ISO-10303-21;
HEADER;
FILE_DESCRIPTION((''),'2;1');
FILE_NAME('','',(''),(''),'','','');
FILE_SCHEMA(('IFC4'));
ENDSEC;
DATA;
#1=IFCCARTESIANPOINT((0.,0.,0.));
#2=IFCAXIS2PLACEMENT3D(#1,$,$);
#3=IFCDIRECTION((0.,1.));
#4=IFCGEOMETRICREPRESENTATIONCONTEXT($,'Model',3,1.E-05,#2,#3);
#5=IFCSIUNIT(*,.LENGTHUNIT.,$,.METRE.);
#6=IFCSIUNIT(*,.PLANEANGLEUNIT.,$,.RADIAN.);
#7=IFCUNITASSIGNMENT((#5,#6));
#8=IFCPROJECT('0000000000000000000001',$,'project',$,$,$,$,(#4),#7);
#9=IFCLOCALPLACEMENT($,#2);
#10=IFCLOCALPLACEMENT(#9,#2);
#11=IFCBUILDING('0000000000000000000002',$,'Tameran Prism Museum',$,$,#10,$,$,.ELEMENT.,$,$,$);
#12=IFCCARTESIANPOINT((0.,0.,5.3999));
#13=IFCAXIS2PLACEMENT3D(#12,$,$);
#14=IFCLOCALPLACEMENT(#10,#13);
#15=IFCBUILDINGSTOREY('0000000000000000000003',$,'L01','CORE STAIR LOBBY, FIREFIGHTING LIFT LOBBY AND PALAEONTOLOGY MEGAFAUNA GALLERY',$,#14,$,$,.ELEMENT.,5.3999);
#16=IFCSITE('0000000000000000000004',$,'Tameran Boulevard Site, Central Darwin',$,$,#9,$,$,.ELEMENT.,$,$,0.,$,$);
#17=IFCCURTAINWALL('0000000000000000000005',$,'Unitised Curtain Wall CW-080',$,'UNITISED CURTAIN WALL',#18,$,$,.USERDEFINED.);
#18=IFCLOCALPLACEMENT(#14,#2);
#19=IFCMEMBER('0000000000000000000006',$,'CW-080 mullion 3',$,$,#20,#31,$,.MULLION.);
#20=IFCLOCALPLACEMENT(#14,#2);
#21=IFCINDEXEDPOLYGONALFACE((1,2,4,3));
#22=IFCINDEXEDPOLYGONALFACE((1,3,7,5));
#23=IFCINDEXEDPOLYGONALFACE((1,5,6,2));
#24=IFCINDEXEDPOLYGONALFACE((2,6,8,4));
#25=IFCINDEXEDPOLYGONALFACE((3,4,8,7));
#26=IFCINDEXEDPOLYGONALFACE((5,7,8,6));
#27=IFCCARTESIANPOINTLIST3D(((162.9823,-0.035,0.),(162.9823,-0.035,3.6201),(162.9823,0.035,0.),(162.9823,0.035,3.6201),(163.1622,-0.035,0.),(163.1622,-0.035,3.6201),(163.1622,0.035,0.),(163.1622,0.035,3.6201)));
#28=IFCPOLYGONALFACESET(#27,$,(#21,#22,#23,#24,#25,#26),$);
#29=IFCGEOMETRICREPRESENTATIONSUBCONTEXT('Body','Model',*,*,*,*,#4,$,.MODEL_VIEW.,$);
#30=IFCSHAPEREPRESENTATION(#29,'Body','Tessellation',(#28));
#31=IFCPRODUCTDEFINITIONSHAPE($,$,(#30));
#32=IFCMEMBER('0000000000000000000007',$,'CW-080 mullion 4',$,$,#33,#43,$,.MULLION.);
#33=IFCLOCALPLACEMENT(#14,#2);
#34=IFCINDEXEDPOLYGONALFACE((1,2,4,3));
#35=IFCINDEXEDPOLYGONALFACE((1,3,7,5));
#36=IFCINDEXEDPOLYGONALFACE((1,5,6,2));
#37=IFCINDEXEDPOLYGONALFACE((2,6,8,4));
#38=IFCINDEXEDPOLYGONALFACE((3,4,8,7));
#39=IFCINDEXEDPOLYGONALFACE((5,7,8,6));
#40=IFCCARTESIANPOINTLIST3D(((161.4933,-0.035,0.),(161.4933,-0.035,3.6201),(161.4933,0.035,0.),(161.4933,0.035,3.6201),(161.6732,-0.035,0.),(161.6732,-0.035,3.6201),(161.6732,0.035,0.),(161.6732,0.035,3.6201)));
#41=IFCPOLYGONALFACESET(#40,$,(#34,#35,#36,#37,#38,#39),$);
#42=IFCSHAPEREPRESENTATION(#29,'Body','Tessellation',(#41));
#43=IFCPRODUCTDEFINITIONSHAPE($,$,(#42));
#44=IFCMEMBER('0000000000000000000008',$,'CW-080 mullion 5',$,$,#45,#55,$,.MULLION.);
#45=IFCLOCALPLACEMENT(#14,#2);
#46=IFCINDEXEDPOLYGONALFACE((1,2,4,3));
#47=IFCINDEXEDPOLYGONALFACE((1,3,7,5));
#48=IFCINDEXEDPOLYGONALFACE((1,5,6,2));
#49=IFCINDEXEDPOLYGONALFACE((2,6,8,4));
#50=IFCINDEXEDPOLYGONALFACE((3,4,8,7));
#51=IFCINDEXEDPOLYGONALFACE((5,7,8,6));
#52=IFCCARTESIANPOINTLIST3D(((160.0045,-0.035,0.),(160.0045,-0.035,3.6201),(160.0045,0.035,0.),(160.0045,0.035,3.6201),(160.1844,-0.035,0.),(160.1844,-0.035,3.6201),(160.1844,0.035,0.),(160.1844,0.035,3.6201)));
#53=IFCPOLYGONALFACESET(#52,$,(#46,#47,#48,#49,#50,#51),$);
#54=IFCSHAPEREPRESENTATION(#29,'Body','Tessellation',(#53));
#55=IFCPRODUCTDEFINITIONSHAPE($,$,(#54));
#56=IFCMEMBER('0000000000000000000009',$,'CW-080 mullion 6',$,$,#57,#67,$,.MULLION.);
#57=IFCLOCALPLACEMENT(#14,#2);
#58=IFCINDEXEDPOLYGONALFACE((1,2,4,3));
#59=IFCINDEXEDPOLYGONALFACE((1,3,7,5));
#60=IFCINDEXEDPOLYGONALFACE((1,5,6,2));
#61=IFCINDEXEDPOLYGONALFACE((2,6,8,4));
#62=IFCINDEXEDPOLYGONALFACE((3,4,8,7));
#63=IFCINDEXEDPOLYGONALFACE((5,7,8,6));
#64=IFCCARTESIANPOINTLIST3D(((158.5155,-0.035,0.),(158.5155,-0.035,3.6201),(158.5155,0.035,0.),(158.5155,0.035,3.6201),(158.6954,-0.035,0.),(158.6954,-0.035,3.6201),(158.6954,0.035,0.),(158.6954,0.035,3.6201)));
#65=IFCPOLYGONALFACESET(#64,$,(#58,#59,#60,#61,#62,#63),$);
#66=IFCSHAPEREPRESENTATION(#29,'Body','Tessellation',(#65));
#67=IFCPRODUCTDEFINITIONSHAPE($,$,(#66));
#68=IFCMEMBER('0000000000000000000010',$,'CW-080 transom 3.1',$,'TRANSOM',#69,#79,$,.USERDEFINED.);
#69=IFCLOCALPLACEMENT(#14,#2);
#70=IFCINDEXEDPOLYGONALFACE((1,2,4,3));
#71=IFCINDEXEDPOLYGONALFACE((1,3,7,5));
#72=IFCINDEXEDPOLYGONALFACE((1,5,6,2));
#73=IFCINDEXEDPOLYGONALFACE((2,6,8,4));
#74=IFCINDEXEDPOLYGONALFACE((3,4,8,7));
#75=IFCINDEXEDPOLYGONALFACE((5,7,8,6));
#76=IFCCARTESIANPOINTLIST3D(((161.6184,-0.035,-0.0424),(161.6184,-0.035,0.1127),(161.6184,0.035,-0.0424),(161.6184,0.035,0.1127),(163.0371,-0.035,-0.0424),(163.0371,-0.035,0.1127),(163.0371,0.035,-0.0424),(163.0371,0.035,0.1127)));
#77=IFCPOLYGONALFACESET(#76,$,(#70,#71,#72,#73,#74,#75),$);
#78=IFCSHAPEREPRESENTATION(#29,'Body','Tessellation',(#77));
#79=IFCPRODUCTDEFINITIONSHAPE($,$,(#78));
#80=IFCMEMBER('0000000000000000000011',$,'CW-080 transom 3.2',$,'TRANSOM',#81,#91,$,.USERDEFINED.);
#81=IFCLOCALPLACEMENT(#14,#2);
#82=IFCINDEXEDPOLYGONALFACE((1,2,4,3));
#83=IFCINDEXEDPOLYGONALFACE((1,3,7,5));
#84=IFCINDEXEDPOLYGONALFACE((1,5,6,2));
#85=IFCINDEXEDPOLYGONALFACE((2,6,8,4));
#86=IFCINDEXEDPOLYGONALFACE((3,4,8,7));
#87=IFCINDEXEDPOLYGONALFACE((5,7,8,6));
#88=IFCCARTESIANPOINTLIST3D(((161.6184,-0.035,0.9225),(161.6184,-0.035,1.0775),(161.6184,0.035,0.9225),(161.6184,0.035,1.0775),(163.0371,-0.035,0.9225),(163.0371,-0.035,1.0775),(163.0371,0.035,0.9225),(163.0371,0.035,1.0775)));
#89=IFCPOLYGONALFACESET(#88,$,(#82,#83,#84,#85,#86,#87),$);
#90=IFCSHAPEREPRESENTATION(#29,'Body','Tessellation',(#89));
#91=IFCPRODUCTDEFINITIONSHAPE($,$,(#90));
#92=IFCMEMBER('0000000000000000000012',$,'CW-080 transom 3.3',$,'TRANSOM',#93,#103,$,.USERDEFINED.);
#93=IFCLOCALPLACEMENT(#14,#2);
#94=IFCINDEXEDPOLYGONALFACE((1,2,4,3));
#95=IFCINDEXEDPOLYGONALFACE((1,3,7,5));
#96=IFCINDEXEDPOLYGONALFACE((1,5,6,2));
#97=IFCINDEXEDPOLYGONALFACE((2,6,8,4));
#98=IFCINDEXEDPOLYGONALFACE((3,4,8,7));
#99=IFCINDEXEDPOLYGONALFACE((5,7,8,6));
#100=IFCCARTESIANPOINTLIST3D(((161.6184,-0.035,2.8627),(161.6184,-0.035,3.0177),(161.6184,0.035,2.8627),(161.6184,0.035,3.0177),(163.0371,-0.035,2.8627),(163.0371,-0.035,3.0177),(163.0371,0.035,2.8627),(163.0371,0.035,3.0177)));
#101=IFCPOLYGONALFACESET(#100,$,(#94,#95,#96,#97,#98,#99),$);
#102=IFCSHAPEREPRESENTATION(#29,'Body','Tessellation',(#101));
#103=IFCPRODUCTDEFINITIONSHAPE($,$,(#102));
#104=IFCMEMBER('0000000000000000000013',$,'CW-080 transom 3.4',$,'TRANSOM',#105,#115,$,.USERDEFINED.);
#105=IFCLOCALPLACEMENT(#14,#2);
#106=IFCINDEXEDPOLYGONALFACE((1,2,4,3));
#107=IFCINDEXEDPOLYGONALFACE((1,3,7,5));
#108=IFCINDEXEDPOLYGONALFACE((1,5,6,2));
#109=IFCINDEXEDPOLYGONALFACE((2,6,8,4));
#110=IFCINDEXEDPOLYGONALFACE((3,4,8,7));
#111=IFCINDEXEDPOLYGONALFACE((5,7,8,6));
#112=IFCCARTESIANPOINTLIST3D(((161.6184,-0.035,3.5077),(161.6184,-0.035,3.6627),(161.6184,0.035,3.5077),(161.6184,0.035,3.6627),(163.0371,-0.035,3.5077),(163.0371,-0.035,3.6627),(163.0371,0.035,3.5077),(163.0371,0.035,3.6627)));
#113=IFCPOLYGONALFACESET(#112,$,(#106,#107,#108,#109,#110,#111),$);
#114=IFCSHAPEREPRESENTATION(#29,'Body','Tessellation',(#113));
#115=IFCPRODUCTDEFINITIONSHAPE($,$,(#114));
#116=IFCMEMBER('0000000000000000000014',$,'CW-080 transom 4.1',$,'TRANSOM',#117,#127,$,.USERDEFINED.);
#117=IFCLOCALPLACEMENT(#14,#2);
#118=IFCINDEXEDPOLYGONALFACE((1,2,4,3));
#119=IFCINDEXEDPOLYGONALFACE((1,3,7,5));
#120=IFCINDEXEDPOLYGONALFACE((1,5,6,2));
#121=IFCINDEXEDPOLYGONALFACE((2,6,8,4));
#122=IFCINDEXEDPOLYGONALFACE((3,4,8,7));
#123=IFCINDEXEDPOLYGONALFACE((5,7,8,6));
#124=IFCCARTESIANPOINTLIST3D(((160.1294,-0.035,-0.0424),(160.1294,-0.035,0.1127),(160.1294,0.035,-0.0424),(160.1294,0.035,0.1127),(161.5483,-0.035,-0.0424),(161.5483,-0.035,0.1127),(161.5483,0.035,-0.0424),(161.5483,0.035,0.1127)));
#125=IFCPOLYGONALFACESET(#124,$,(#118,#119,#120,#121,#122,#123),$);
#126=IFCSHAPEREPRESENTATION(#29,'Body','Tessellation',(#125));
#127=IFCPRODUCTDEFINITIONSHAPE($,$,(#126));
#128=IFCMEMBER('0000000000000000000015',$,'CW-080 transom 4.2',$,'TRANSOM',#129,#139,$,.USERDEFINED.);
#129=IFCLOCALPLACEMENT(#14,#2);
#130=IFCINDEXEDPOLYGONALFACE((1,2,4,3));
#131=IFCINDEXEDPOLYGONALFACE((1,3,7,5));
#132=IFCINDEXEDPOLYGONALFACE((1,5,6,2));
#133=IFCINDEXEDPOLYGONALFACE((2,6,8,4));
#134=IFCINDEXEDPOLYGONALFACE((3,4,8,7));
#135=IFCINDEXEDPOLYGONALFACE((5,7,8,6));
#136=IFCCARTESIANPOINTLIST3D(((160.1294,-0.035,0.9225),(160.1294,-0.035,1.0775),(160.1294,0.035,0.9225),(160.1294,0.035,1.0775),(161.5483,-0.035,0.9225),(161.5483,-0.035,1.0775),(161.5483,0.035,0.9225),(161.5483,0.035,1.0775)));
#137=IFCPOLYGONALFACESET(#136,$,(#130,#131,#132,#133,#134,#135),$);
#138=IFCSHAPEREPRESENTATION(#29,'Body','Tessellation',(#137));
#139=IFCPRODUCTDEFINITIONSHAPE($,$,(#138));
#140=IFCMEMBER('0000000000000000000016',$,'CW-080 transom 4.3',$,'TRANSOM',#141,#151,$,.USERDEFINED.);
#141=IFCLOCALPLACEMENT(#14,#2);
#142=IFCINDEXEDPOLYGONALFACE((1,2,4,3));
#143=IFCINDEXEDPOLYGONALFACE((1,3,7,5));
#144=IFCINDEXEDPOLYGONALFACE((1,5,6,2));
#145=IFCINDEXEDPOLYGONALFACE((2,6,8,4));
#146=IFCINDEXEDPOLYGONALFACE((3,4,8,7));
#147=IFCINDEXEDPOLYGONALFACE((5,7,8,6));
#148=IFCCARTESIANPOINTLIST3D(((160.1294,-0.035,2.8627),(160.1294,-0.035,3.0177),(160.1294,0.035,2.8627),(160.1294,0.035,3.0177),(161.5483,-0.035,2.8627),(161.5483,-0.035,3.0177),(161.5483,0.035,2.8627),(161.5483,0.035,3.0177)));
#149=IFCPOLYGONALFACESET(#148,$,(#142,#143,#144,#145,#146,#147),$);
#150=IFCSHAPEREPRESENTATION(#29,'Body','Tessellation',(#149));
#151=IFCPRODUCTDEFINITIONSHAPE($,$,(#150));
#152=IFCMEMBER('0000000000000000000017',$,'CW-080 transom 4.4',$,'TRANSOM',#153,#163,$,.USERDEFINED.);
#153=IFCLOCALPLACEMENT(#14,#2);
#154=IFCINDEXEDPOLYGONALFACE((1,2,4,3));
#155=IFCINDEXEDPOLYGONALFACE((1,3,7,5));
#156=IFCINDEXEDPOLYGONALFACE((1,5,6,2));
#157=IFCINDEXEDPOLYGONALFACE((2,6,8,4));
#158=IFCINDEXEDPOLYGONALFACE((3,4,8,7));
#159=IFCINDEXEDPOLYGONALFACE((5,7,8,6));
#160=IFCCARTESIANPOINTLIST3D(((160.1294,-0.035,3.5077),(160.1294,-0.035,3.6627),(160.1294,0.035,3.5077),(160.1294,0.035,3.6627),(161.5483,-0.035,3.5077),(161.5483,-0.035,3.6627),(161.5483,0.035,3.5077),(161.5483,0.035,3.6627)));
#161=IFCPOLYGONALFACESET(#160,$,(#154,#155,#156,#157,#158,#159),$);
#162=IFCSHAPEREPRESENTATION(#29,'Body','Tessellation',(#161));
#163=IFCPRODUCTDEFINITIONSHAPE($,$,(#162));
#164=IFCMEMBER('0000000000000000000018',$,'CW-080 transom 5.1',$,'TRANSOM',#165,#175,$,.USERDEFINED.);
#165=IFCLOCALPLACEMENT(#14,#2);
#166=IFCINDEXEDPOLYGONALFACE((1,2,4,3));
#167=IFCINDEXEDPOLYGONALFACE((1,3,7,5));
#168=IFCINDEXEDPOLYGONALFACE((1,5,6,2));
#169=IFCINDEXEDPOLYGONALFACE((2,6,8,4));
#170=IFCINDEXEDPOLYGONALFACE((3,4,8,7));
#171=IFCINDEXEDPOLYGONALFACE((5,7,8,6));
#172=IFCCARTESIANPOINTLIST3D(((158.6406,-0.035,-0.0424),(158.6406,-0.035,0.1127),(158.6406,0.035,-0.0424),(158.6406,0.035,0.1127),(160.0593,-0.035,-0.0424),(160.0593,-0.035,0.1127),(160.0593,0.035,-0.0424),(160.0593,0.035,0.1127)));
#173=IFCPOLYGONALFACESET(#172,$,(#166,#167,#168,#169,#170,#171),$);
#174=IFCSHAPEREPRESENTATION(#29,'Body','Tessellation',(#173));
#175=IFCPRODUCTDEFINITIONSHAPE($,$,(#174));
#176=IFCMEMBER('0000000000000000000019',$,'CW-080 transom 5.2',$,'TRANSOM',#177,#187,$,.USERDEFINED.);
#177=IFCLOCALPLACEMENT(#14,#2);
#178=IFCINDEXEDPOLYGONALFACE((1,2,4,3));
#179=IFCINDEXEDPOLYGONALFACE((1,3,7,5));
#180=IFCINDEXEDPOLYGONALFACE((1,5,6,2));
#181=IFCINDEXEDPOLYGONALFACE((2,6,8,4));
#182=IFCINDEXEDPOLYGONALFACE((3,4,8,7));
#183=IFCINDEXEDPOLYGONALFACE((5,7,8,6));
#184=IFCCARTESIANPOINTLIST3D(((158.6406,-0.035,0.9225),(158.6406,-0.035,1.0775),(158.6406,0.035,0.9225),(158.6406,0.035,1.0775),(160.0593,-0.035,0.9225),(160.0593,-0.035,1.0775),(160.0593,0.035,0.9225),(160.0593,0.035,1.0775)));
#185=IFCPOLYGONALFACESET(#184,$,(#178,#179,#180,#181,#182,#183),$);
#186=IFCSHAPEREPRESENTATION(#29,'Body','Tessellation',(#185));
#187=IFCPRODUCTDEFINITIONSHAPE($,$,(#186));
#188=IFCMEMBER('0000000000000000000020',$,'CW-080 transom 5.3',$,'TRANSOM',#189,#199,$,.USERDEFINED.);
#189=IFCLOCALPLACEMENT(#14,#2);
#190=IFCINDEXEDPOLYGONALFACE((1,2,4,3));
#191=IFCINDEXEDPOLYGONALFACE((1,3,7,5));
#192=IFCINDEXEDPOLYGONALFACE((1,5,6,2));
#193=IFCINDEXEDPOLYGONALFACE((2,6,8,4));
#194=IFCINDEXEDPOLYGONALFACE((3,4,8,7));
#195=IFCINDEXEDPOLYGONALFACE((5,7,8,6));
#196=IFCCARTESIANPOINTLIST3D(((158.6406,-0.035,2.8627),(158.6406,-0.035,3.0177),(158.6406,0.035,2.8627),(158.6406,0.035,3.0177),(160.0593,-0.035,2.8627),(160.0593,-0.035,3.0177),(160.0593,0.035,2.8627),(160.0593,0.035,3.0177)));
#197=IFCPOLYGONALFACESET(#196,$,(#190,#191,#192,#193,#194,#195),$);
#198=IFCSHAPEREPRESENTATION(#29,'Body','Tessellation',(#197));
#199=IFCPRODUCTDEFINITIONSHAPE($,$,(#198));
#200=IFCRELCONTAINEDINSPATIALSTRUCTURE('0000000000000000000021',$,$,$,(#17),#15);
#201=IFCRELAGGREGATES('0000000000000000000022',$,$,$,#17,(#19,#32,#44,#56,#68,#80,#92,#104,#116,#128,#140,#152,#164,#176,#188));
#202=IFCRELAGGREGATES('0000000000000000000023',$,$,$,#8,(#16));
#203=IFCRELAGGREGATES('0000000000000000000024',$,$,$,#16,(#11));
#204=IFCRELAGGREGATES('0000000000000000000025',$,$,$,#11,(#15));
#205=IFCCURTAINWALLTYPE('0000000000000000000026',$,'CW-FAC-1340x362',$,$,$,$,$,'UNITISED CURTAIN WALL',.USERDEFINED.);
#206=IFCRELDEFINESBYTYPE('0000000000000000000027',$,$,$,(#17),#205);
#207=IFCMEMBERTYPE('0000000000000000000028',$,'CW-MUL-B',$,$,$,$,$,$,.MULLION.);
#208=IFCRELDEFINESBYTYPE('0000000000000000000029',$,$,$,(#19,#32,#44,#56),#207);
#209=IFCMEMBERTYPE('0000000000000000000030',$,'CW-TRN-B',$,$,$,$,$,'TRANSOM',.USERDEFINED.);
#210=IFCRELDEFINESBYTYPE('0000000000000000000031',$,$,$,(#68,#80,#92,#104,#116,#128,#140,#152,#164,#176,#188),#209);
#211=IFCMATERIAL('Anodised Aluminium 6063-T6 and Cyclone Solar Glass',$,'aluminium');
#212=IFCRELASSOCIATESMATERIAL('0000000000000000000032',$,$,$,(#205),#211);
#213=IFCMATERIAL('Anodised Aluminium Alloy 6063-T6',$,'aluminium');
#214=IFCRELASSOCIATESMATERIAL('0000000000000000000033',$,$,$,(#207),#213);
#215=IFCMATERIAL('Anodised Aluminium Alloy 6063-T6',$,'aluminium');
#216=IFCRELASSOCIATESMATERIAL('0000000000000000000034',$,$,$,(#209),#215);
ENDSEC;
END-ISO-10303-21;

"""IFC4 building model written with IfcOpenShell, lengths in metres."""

from ifc_helpers import new_model, si_unit, direction, frame, origin, origin_2d, place, context, subcontext, project, spatial, rectangle, extrude, material, material_profile, profile_set, type_object, element, aggregate, save


model = new_model("IFC4")

# Units and contexts
model_context = context("Model", 3, precision=1e-05, world=origin(), true_north=direction((0.0, 1.0)))
body_context = subcontext(model_context, "Body", "Model", "MODEL_VIEW")
ifc_project = project(units=[si_unit("LENGTHUNIT", "METRE"), si_unit("PLANEANGLEUNIT", "RADIAN")], contexts=[model_context])

# Site, building, storey
site_placement = place(None, origin())
site = spatial("IfcSite", under=ifc_project, at=site_placement, Name="Tameran Boulevard Site, Central Darwin", CompositionType="ELEMENT", RefElevation=0.0)
building_placement = place(site_placement, origin())
building = spatial("IfcBuilding", under=site, at=building_placement, Name="Tameran Prism Museum", CompositionType="ELEMENT")
storey_placement = place(building_placement, frame((0.0, 0.0, 5.3999)))
storey = spatial("IfcBuildingStorey", under=building, at=storey_placement, Name="L01", Description="CORE STAIR LOBBY, FIREFIGHTING LIFT LOBBY AND PALAEONTOLOGY MEGAFAUNA GALLERY", CompositionType="ELEMENT", Elevation=5.3999)

# Curtain wall, members
ifc_material_1 = material(Name="Anodised Aluminium 6063-T6 and Cyclone Solar Glass", Category="aluminium")
curtain_wall_type = type_object("IfcCurtainWallType", Name="CW-FAC-1340x362", ElementType="UNITISED CURTAIN WALL", PredefinedType="USERDEFINED", material=ifc_material_1)
curtain_wall_placement = place(storey_placement, origin())
curtain_wall = element("IfcCurtainWall", 1, at=curtain_wall_placement, inside=storey, type_object=curtain_wall_type, Name="Unitised Curtain Wall CW-080", ObjectType="UNITISED CURTAIN WALL", PredefinedType="USERDEFINED")
ifc_material_2 = material(Name="Anodised Aluminium Alloy 6063-T6", Category="aluminium")
ifc_material_profile_1 = material_profile(ifc_material_2, rectangle(XDim=0.0701, YDim=0.1799, at=origin_2d()))
ifc_profile_set_1 = profile_set([ifc_material_profile_1])
member_type_1 = type_object("IfcMemberType", Name="CW-MUL-B", PredefinedType="MULLION", material=ifc_profile_set_1)
member_1_placement = place(storey_placement, frame((163.0723, 0.0, 0.0), z_axis=(0.0, 0.0, 1.0), x_axis=(0.0, -1.0, 0.0)))
member_1 = element("IfcMember", 2, at=member_1_placement, type_object=member_type_1, Name="CW-080 mullion 3", PredefinedType="MULLION", context=body_context, shape_type="SweptSolid", body=[
    extrude(rectangle(XDim=0.0701, YDim=0.1799, at=origin_2d()), origin(), (0.0, 0.0, 1.0), 3.6201),
])
member_2_placement = place(storey_placement, frame((161.5833, 0.0, 0.0), z_axis=(0.0, 0.0, 1.0), x_axis=(0.0, -1.0, 0.0)))
member_2 = element("IfcMember", 3, at=member_2_placement, type_object=member_type_1, Name="CW-080 mullion 4", PredefinedType="MULLION", context=body_context, shape_type="SweptSolid", body=[
    extrude(rectangle(XDim=0.0701, YDim=0.1799, at=origin_2d()), origin(), (0.0, 0.0, 1.0), 3.6201),
])
member_3_placement = place(storey_placement, frame((160.0945, 0.0, 0.0), z_axis=(0.0, 0.0, 1.0), x_axis=(0.0, -1.0, 0.0)))
member_3 = element("IfcMember", 4, at=member_3_placement, type_object=member_type_1, Name="CW-080 mullion 5", PredefinedType="MULLION", context=body_context, shape_type="SweptSolid", body=[
    extrude(rectangle(XDim=0.0701, YDim=0.1799, at=origin_2d()), origin(), (0.0, 0.0, 1.0), 3.6201),
])
member_4_placement = place(storey_placement, frame((158.6055, 0.0, 0.0), z_axis=(0.0, 0.0, 1.0), x_axis=(0.0, -1.0, 0.0)))
member_4 = element("IfcMember", 5, at=member_4_placement, type_object=member_type_1, Name="CW-080 mullion 6", PredefinedType="MULLION", context=body_context, shape_type="SweptSolid", body=[
    extrude(rectangle(XDim=0.0701, YDim=0.1799, at=origin_2d()), origin(), (0.0, 0.0, 1.0), 3.6201),
])
ifc_material_3 = material(Name="Anodised Aluminium Alloy 6063-T6", Category="aluminium")
ifc_material_profile_2 = material_profile(ifc_material_3, rectangle(XDim=0.0701, YDim=0.155, at=origin_2d()))
ifc_profile_set_2 = profile_set([ifc_material_profile_2])
member_type_2 = type_object("IfcMemberType", Name="CW-TRN-B", ElementType="TRANSOM", PredefinedType="USERDEFINED", material=ifc_profile_set_2)
member_5_placement = place(storey_placement, frame((163.0371, 0.0, 0.0352), z_axis=(-1.0, 0.0, 0.0), x_axis=(0.0, -1.0, 0.0)))
member_5 = element("IfcMember", 6, at=member_5_placement, type_object=member_type_2, Name="CW-080 transom 3.1", ObjectType="TRANSOM", PredefinedType="USERDEFINED", context=body_context, shape_type="SweptSolid", body=[
    extrude(rectangle(XDim=0.0701, YDim=0.155, at=origin_2d()), origin(), (0.0, 0.0, 1.0), 1.4187),
])
member_6_placement = place(storey_placement, frame((163.0371, 0.0, 1.0), z_axis=(-1.0, 0.0, 0.0), x_axis=(0.0, -1.0, 0.0)))
member_6 = element("IfcMember", 7, at=member_6_placement, type_object=member_type_2, Name="CW-080 transom 3.2", ObjectType="TRANSOM", PredefinedType="USERDEFINED", context=body_context, shape_type="SweptSolid", body=[
    extrude(rectangle(XDim=0.0701, YDim=0.155, at=origin_2d()), origin(), (0.0, 0.0, 1.0), 1.4187),
])
member_7_placement = place(storey_placement, frame((163.0371, 0.0, 2.9402), z_axis=(-1.0, 0.0, 0.0), x_axis=(0.0, -1.0, 0.0)))
member_7 = element("IfcMember", 8, at=member_7_placement, type_object=member_type_2, Name="CW-080 transom 3.3", ObjectType="TRANSOM", PredefinedType="USERDEFINED", context=body_context, shape_type="SweptSolid", body=[
    extrude(rectangle(XDim=0.0701, YDim=0.155, at=origin_2d()), origin(), (0.0, 0.0, 1.0), 1.4187),
])
member_8_placement = place(storey_placement, frame((163.0371, 0.0, 3.5852), z_axis=(-1.0, 0.0, 0.0), x_axis=(0.0, -1.0, 0.0)))
member_8 = element("IfcMember", 9, at=member_8_placement, type_object=member_type_2, Name="CW-080 transom 3.4", ObjectType="TRANSOM", PredefinedType="USERDEFINED", context=body_context, shape_type="SweptSolid", body=[
    extrude(rectangle(XDim=0.0701, YDim=0.155, at=origin_2d()), origin(), (0.0, 0.0, 1.0), 1.4187),
])
member_9_placement = place(storey_placement, frame((161.5483, 0.0, 0.0352), z_axis=(-1.0, 0.0, 0.0), x_axis=(0.0, -1.0, 0.0)))
member_9 = element("IfcMember", 10, at=member_9_placement, type_object=member_type_2, Name="CW-080 transom 4.1", ObjectType="TRANSOM", PredefinedType="USERDEFINED", context=body_context, shape_type="SweptSolid", body=[
    extrude(rectangle(XDim=0.0701, YDim=0.155, at=origin_2d()), origin(), (0.0, 0.0, 1.0), 1.4189),
])
member_10_placement = place(storey_placement, frame((161.5483, 0.0, 1.0), z_axis=(-1.0, 0.0, 0.0), x_axis=(0.0, -1.0, 0.0)))
member_10 = element("IfcMember", 11, at=member_10_placement, type_object=member_type_2, Name="CW-080 transom 4.2", ObjectType="TRANSOM", PredefinedType="USERDEFINED", context=body_context, shape_type="SweptSolid", body=[
    extrude(rectangle(XDim=0.0701, YDim=0.155, at=origin_2d()), origin(), (0.0, 0.0, 1.0), 1.4189),
])
member_11_placement = place(storey_placement, frame((161.5483, 0.0, 2.9402), z_axis=(-1.0, 0.0, 0.0), x_axis=(0.0, -1.0, 0.0)))
member_11 = element("IfcMember", 12, at=member_11_placement, type_object=member_type_2, Name="CW-080 transom 4.3", ObjectType="TRANSOM", PredefinedType="USERDEFINED", context=body_context, shape_type="SweptSolid", body=[
    extrude(rectangle(XDim=0.0701, YDim=0.155, at=origin_2d()), origin(), (0.0, 0.0, 1.0), 1.4189),
])
member_12_placement = place(storey_placement, frame((161.5483, 0.0, 3.5852), z_axis=(-1.0, 0.0, 0.0), x_axis=(0.0, -1.0, 0.0)))
member_12 = element("IfcMember", 13, at=member_12_placement, type_object=member_type_2, Name="CW-080 transom 4.4", ObjectType="TRANSOM", PredefinedType="USERDEFINED", context=body_context, shape_type="SweptSolid", body=[
    extrude(rectangle(XDim=0.0701, YDim=0.155, at=origin_2d()), origin(), (0.0, 0.0, 1.0), 1.4189),
])
member_13_placement = place(storey_placement, frame((160.0593, 0.0, 0.0352), z_axis=(-1.0, 0.0, 0.0), x_axis=(0.0, -1.0, 0.0)))
member_13 = element("IfcMember", 14, at=member_13_placement, type_object=member_type_2, Name="CW-080 transom 5.1", ObjectType="TRANSOM", PredefinedType="USERDEFINED", context=body_context, shape_type="SweptSolid", body=[
    extrude(rectangle(XDim=0.0701, YDim=0.155, at=origin_2d()), origin(), (0.0, 0.0, 1.0), 1.4187),
])
member_14_placement = place(storey_placement, frame((160.0593, 0.0, 1.0), z_axis=(-1.0, 0.0, 0.0), x_axis=(0.0, -1.0, 0.0)))
member_14 = element("IfcMember", 15, at=member_14_placement, type_object=member_type_2, Name="CW-080 transom 5.2", ObjectType="TRANSOM", PredefinedType="USERDEFINED", context=body_context, shape_type="SweptSolid", body=[
    extrude(rectangle(XDim=0.0701, YDim=0.155, at=origin_2d()), origin(), (0.0, 0.0, 1.0), 1.4187),
])
member_15_placement = place(storey_placement, frame((160.0593, 0.0, 2.9402), z_axis=(-1.0, 0.0, 0.0), x_axis=(0.0, -1.0, 0.0)))
member_15 = element("IfcMember", 16, at=member_15_placement, type_object=member_type_2, Name="CW-080 transom 5.3", ObjectType="TRANSOM", PredefinedType="USERDEFINED", context=body_context, shape_type="SweptSolid", body=[
    extrude(rectangle(XDim=0.0701, YDim=0.155, at=origin_2d()), origin(), (0.0, 0.0, 1.0), 1.4187),
])
aggregate(curtain_wall, [member_1, member_2, member_3, member_4, member_5, member_6, member_7, member_8, member_9, member_10, member_11, member_12, member_13, member_14, member_15])

save(model, "model.ifc")
